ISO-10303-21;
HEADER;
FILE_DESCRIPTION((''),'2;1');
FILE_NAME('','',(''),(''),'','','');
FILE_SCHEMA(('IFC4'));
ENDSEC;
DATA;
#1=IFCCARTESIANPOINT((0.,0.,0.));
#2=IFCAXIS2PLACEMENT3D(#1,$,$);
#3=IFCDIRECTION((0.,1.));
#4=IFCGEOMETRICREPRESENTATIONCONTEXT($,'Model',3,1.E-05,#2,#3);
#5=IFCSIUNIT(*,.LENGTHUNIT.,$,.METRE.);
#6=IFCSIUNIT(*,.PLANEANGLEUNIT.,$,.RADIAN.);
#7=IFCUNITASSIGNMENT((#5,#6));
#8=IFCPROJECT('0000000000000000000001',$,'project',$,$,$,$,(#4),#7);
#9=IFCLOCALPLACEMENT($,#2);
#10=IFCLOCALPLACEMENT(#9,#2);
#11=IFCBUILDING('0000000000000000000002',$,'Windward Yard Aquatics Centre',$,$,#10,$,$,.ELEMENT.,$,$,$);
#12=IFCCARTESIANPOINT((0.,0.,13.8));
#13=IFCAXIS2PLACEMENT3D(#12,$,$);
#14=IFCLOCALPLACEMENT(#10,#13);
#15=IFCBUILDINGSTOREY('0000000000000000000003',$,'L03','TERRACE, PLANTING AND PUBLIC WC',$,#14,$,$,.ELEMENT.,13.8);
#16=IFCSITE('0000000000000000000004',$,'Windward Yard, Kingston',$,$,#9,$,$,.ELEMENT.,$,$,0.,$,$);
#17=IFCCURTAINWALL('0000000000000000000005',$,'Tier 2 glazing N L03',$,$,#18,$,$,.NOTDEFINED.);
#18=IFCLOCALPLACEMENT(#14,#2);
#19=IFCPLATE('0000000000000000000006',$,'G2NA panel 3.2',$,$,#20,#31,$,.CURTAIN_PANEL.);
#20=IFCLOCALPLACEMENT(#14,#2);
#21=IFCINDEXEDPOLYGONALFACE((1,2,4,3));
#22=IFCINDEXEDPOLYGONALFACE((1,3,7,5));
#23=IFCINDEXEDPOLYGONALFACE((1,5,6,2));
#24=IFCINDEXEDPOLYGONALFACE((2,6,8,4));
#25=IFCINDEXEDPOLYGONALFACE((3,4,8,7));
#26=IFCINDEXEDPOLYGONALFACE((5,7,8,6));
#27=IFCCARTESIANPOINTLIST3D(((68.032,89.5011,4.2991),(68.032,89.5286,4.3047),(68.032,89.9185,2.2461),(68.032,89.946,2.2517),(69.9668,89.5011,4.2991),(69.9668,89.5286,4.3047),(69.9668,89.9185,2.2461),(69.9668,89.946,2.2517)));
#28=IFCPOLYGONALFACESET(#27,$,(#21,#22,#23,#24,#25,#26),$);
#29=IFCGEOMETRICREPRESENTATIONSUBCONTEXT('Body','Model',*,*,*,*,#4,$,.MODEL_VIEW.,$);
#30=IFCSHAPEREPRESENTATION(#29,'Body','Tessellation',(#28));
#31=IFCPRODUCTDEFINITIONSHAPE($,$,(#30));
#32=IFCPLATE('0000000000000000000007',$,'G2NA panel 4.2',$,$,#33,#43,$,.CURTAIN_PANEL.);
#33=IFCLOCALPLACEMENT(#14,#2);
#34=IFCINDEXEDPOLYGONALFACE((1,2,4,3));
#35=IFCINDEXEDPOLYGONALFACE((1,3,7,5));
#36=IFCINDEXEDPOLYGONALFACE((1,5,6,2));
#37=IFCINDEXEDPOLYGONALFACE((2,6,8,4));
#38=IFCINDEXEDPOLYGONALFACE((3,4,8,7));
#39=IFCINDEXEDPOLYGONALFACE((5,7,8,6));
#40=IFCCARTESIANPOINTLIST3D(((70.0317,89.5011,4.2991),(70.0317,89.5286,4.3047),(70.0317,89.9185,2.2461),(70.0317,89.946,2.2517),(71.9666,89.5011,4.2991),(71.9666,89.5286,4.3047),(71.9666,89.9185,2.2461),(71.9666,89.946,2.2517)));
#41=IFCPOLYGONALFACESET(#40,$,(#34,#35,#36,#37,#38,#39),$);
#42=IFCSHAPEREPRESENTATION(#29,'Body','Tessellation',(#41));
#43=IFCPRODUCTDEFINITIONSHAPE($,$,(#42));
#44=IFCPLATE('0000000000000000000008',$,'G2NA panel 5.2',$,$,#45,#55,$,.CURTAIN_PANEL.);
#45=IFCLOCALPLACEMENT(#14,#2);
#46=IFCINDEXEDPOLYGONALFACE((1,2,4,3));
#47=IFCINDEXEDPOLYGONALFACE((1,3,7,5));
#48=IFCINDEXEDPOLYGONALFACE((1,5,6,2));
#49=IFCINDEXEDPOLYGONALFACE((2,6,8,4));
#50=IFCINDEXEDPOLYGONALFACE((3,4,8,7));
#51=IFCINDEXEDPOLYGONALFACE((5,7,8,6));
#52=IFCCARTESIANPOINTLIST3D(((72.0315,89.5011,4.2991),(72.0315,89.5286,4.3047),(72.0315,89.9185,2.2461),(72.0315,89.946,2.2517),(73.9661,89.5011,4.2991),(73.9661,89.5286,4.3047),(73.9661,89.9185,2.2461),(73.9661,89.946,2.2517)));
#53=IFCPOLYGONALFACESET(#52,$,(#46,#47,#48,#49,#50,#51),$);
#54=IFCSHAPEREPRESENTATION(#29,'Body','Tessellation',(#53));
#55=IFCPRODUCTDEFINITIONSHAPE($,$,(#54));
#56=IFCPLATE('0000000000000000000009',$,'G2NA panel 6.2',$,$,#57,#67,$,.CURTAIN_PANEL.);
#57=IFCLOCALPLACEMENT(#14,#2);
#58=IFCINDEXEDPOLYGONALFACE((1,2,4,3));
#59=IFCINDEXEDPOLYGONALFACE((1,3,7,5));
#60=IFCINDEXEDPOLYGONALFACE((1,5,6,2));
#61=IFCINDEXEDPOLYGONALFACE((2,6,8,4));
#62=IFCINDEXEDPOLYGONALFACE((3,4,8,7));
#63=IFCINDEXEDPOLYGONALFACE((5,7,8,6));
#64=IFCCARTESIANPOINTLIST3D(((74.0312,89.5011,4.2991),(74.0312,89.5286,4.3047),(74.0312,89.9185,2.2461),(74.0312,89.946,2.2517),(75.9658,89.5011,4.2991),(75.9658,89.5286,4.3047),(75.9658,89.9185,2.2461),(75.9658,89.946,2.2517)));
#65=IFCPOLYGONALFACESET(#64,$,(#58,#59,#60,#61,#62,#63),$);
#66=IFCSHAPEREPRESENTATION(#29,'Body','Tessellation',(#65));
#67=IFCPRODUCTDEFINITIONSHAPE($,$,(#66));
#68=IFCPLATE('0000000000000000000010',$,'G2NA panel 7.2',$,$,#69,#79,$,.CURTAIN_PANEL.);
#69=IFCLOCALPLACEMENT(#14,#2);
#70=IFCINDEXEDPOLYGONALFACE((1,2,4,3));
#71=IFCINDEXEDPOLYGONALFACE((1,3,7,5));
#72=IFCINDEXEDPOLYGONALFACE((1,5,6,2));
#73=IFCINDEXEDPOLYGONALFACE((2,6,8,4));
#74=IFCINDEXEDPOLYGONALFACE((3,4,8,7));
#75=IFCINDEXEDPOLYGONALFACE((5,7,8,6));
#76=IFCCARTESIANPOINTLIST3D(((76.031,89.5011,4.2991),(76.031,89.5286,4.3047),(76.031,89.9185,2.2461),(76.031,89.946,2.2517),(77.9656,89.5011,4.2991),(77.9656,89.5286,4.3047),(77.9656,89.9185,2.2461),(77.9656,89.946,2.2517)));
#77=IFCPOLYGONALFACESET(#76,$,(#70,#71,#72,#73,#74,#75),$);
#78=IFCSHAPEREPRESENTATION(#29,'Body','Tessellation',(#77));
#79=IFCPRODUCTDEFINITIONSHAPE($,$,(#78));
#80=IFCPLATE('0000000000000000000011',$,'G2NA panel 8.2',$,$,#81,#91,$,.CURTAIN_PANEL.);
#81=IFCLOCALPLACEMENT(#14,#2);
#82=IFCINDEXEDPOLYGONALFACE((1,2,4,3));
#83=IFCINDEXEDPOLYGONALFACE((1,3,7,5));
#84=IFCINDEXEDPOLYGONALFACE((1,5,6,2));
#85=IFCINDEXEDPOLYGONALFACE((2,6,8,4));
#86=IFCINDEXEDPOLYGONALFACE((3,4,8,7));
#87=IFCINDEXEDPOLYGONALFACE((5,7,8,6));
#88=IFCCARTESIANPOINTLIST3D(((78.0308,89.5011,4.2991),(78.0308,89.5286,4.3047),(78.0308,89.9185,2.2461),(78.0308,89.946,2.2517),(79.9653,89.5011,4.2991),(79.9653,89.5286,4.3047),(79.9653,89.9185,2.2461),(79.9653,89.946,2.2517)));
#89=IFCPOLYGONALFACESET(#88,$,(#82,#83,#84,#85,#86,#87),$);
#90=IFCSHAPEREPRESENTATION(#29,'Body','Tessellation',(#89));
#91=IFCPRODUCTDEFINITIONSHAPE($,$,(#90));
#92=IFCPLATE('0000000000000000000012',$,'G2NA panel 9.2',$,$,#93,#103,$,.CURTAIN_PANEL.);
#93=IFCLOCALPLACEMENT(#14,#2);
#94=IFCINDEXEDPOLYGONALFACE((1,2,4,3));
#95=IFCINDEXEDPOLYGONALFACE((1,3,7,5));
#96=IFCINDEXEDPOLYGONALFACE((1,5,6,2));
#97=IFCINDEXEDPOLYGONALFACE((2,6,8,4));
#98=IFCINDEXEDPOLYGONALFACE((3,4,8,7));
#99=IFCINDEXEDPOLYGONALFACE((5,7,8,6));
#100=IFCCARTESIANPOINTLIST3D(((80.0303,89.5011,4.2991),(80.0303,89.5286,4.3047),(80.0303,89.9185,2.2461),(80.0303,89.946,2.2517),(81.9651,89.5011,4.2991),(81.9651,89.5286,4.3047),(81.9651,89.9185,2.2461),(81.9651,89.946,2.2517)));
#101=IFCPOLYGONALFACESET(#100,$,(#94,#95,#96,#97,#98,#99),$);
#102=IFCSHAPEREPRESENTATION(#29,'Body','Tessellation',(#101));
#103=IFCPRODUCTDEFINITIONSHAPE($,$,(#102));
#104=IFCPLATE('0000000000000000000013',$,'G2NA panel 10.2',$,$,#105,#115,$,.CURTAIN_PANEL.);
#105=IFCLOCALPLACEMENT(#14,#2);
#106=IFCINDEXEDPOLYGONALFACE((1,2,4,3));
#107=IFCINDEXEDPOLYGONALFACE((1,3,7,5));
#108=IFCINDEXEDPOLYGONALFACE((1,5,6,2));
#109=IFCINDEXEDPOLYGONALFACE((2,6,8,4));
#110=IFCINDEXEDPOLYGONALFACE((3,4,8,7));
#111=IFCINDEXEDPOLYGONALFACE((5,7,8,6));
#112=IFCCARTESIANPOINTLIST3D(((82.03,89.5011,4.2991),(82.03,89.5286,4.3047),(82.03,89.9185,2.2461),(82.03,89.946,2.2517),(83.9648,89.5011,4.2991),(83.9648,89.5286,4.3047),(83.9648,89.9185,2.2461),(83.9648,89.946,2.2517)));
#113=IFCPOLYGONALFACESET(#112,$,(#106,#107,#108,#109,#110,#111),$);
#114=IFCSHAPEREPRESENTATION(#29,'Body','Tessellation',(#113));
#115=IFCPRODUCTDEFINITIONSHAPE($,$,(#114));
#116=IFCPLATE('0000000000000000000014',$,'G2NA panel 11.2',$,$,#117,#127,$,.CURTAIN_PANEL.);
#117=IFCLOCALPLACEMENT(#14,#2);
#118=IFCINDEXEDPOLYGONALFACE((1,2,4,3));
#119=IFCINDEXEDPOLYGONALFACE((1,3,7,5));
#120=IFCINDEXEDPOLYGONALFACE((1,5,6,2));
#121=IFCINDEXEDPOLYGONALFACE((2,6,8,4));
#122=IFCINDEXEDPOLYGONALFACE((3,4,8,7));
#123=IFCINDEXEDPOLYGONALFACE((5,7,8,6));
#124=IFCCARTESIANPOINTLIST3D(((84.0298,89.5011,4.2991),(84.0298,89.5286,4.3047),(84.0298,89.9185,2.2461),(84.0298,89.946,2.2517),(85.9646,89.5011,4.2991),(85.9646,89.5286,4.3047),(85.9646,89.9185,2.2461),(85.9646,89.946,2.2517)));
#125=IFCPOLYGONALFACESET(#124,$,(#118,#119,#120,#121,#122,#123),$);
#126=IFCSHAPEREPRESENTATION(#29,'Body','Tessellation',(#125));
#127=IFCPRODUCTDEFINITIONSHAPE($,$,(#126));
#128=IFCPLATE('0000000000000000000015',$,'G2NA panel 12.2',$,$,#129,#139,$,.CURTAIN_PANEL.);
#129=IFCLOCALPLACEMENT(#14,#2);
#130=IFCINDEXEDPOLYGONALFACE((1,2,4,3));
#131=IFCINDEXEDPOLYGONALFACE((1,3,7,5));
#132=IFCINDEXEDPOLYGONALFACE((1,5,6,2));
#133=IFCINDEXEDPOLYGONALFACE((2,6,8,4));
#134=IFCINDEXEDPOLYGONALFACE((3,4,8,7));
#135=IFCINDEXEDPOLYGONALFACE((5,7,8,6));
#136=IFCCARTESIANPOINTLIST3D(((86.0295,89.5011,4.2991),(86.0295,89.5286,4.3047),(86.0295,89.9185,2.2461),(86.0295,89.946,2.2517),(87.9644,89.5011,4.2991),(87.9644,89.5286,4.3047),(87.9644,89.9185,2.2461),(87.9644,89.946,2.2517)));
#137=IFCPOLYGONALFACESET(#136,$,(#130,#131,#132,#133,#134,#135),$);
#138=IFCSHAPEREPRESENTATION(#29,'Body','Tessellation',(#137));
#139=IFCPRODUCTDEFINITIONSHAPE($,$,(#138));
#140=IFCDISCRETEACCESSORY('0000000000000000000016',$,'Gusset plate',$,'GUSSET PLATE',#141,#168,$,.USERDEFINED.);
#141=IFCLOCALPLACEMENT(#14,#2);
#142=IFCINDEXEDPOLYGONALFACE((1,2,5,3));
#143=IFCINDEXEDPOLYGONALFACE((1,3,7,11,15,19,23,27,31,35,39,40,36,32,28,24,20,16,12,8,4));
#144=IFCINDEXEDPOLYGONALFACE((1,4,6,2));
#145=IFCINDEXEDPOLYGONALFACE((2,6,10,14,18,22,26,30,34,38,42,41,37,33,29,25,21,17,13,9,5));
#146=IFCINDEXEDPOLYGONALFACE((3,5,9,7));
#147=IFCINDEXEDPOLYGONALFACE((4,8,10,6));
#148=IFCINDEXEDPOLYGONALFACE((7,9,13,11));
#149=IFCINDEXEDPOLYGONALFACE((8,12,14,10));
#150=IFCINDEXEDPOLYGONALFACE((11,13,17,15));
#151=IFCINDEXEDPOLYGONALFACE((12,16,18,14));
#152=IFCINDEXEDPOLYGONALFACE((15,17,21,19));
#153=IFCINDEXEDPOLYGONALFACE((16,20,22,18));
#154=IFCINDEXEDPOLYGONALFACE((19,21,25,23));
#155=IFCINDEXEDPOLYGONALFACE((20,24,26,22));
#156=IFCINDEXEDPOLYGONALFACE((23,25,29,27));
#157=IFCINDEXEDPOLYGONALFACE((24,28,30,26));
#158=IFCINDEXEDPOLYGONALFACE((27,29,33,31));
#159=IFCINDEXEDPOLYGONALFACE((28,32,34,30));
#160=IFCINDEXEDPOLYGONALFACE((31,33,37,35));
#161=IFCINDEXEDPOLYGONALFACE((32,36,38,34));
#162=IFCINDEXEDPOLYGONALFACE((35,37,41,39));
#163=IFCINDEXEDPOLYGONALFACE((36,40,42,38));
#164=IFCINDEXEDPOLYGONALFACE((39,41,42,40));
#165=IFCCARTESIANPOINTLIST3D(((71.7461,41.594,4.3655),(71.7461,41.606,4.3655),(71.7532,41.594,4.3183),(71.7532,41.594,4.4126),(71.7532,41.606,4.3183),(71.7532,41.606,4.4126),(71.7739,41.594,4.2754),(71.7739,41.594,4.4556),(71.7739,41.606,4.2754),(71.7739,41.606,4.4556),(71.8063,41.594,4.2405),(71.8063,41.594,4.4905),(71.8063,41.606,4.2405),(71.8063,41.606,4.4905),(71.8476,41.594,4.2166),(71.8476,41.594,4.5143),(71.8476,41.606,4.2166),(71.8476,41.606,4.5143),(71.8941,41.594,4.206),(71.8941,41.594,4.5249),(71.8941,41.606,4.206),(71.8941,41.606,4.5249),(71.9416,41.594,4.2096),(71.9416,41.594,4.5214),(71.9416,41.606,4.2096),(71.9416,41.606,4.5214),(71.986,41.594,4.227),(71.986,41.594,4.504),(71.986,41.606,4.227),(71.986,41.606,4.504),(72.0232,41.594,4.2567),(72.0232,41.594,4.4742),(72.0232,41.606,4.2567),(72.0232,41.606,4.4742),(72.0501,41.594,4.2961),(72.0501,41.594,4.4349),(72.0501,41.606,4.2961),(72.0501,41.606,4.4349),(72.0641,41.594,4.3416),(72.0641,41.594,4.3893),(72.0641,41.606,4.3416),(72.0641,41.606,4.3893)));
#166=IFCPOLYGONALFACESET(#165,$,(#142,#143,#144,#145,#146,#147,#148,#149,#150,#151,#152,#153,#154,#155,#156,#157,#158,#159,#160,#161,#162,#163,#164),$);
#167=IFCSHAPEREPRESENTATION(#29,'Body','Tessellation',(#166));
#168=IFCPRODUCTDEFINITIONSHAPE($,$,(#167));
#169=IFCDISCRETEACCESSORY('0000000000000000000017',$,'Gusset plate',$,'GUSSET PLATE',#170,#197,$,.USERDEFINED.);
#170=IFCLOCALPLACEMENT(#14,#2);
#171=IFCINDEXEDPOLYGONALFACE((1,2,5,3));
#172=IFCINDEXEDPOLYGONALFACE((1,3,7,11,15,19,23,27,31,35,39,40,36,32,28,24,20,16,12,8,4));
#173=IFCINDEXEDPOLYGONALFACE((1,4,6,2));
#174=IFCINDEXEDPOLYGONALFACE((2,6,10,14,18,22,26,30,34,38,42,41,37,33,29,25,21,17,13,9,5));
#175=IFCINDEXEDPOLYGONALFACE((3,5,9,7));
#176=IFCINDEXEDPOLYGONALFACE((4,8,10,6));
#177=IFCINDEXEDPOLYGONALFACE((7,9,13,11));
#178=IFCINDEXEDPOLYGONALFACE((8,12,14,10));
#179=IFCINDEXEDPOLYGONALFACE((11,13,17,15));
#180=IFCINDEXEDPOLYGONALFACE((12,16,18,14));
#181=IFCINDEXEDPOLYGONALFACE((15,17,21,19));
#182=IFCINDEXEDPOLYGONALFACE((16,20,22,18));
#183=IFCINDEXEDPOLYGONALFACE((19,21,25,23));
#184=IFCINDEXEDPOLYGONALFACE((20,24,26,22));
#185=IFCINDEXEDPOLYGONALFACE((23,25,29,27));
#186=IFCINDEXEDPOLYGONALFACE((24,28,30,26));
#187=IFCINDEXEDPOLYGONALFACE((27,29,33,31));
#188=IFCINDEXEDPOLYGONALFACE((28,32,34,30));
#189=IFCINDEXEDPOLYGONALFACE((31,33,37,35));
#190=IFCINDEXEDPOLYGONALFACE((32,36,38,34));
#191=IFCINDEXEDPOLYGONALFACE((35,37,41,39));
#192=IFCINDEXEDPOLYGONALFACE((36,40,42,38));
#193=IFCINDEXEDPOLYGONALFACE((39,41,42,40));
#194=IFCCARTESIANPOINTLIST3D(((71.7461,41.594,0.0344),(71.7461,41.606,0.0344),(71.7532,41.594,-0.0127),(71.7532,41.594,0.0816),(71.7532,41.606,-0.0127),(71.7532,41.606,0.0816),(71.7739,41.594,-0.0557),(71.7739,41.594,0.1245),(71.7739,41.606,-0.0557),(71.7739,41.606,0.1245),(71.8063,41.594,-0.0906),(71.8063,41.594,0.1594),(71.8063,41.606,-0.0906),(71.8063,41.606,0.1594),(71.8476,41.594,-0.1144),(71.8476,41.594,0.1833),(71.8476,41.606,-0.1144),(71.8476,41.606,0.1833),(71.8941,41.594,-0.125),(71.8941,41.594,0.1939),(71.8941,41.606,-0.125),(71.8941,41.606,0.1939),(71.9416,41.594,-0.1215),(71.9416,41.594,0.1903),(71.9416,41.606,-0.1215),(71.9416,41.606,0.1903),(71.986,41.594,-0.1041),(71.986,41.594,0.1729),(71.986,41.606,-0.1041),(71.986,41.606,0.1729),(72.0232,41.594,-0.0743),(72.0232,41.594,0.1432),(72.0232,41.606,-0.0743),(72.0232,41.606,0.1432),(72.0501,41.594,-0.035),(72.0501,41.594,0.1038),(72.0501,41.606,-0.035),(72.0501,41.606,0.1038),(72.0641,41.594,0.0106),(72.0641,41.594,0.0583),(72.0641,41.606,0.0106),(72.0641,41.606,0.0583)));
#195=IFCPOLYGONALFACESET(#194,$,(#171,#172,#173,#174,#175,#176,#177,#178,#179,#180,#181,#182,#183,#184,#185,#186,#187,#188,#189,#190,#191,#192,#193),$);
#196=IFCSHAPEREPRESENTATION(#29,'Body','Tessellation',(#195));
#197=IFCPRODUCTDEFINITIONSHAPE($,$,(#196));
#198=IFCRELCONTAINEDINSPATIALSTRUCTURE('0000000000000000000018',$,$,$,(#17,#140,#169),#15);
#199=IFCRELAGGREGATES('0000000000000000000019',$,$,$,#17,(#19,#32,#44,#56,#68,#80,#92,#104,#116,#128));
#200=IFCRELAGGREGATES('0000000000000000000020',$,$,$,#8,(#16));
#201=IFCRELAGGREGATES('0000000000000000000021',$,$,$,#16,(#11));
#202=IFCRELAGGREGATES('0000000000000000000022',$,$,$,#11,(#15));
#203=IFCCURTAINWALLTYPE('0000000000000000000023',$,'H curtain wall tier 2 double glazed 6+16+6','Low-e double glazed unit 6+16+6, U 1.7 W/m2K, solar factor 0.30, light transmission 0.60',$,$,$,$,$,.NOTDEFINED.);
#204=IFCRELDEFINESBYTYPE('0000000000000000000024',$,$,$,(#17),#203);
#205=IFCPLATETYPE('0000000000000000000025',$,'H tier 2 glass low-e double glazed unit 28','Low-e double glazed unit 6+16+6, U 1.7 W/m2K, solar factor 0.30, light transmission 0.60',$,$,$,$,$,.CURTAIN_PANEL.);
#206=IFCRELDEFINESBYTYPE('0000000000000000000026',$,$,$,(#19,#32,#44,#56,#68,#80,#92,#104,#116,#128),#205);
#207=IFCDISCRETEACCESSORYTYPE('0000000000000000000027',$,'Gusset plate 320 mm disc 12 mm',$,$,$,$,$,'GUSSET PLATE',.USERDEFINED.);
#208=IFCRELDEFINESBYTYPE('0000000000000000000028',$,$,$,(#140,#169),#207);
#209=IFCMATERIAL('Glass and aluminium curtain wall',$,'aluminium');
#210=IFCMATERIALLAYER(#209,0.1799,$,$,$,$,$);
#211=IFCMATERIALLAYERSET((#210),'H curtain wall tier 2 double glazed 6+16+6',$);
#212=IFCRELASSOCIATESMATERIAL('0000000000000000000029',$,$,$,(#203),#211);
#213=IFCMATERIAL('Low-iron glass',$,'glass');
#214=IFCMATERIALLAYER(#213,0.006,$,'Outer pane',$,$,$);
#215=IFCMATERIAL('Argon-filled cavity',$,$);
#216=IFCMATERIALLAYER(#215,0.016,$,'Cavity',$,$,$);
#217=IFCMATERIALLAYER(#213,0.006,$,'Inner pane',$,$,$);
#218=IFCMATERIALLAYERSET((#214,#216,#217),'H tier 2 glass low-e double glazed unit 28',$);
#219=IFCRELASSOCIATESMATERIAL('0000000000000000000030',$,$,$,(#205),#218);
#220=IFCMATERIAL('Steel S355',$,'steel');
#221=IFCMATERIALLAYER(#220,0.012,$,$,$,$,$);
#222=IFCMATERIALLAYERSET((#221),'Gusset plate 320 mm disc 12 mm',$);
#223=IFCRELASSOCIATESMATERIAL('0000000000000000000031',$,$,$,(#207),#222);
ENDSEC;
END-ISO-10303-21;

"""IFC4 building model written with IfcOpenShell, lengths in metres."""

from ifc_helpers import new_model, si_unit, direction, frame, origin, origin_2d, place, context, subcontext, project, spatial, polyline, circle, outline, extrude, material, layer, layer_set, type_object, element, aggregate, save


model = new_model("IFC4")

# Units and contexts
model_context = context("Model", 3, precision=1e-05, world=origin(), true_north=direction((0.0, 1.0)))
body_context = subcontext(model_context, "Body", "Model", "MODEL_VIEW")
ifc_project = project(units=[si_unit("LENGTHUNIT", "METRE"), si_unit("PLANEANGLEUNIT", "RADIAN")], contexts=[model_context])

# Site, building, storey
site_placement = place(None, origin())
site = spatial("IfcSite", under=ifc_project, at=site_placement, Name="Windward Yard, Kingston", CompositionType="ELEMENT", RefElevation=0.0)
building_placement = place(site_placement, origin())
building = spatial("IfcBuilding", under=site, at=building_placement, Name="Windward Yard Aquatics Centre", CompositionType="ELEMENT")
storey_placement = place(building_placement, frame((0.0, 0.0, 13.8)))
storey = spatial("IfcBuildingStorey", under=building, at=storey_placement, Name="L03", Description="TERRACE, PLANTING AND PUBLIC WC", CompositionType="ELEMENT", Elevation=13.8)

# Curtain wall, plates
ifc_material_1 = material(Name="Glass and aluminium curtain wall", Category="aluminium")
ifc_layer_1 = layer(ifc_material_1, 0.1799)
ifc_layer_set_1 = layer_set([ifc_layer_1], Name="H curtain wall tier 2 double glazed 6+16+6")
curtain_wall_type = type_object("IfcCurtainWallType", Name="H curtain wall tier 2 double glazed 6+16+6", Description="Low-e double glazed unit 6+16+6, U 1.7 W/m2K, solar factor 0.30, light transmission 0.60", PredefinedType="NOTDEFINED", material=ifc_layer_set_1)
curtain_wall_placement = place(storey_placement, origin())
curtain_wall = element("IfcCurtainWall", 1, at=curtain_wall_placement, inside=storey, type_object=curtain_wall_type, Name="Tier 2 glazing N L03", PredefinedType="NOTDEFINED")
ifc_material_2 = material(Name="Low-iron glass", Category="glass")
ifc_layer_2 = layer(ifc_material_2, 0.006, Name="Outer pane")
ifc_material_3 = material(Name="Argon-filled cavity")
ifc_layer_3 = layer(ifc_material_3, 0.016, Name="Cavity")
ifc_layer_4 = layer(ifc_material_2, 0.006, Name="Inner pane")
ifc_layer_set_2 = layer_set([ifc_layer_2, ifc_layer_3, ifc_layer_4], Name="H tier 2 glass low-e double glazed unit 28")
plate_type = type_object("IfcPlateType", Name="H tier 2 glass low-e double glazed unit 28", Description="Low-e double glazed unit 6+16+6, U 1.7 W/m2K, solar factor 0.30, light transmission 0.60", PredefinedType="CURTAIN_PANEL", material=ifc_layer_set_2)
plate_1_placement = place(storey_placement, frame((68.032, 89.5286, 4.3047), z_axis=(0.0, 0.979944, 0.199275), x_axis=(0.0, 0.199275, -0.979944)))
plate_1 = element("IfcPlate", 2, at=plate_1_placement, type_object=plate_type, Name="G2NA panel 3.2", PredefinedType="CURTAIN_PANEL", context=body_context, shape_type="SweptSolid", body=[
    extrude(outline(polyline([(0.0, 0.0), (2.095, 0.0), (2.095, -1.9348), (0.0, -1.9348), (0.0, 0.0)])), origin(), (0.0, 0.0, -1.0), 0.0281),
])
plate_2_placement = place(storey_placement, frame((70.0317, 89.5286, 4.3047), z_axis=(0.0, 0.979944, 0.199275), x_axis=(0.0, 0.199275, -0.979944)))
plate_2 = element("IfcPlate", 3, at=plate_2_placement, type_object=plate_type, Name="G2NA panel 4.2", PredefinedType="CURTAIN_PANEL", context=body_context, shape_type="SweptSolid", body=[
    extrude(outline(polyline([(0.0, 0.0), (2.095, 0.0), (2.095, -1.9348), (0.0, -1.9348), (0.0, 0.0)])), origin(), (0.0, 0.0, -1.0), 0.0281),
])
plate_3_placement = place(storey_placement, frame((72.0315, 89.5286, 4.3047), z_axis=(0.0, 0.979944, 0.199275), x_axis=(0.0, 0.199275, -0.979944)))
plate_3 = element("IfcPlate", 4, at=plate_3_placement, type_object=plate_type, Name="G2NA panel 5.2", PredefinedType="CURTAIN_PANEL", context=body_context, shape_type="SweptSolid", body=[
    extrude(outline(polyline([(0.0, 0.0), (2.095, 0.0), (2.095, -1.9346), (0.0, -1.9346), (0.0, 0.0)])), origin(), (0.0, 0.0, -1.0), 0.0281),
])
plate_4_placement = place(storey_placement, frame((74.0312, 89.5286, 4.3047), z_axis=(0.0, 0.979944, 0.199275), x_axis=(0.0, 0.199275, -0.979944)))
plate_4 = element("IfcPlate", 5, at=plate_4_placement, type_object=plate_type, Name="G2NA panel 6.2", PredefinedType="CURTAIN_PANEL", context=body_context, shape_type="SweptSolid", body=[
    extrude(outline(polyline([(0.0, 0.0), (2.095, 0.0), (2.095, -1.9346), (0.0, -1.9346), (0.0, 0.0)])), origin(), (0.0, 0.0, -1.0), 0.0281),
])
plate_5_placement = place(storey_placement, frame((76.031, 89.5286, 4.3047), z_axis=(0.0, 0.979944, 0.199275), x_axis=(0.0, 0.199275, -0.979944)))
plate_5 = element("IfcPlate", 6, at=plate_5_placement, type_object=plate_type, Name="G2NA panel 7.2", PredefinedType="CURTAIN_PANEL", context=body_context, shape_type="SweptSolid", body=[
    extrude(outline(polyline([(0.0, 0.0), (2.095, 0.0), (2.095, -1.9346), (0.0, -1.9346), (0.0, 0.0)])), origin(), (0.0, 0.0, -1.0), 0.0281),
])
plate_6_placement = place(storey_placement, frame((78.0308, 89.5286, 4.3047), z_axis=(0.0, 0.979944, 0.199275), x_axis=(0.0, 0.199275, -0.979944)))
plate_6 = element("IfcPlate", 7, at=plate_6_placement, type_object=plate_type, Name="G2NA panel 8.2", PredefinedType="CURTAIN_PANEL", context=body_context, shape_type="SweptSolid", body=[
    extrude(outline(polyline([(0.0, 0.0), (2.095, 0.0), (2.095, -1.9346), (0.0, -1.9346), (0.0, 0.0)])), origin(), (0.0, 0.0, -1.0), 0.0281),
])
plate_7_placement = place(storey_placement, frame((80.0303, 89.5286, 4.3047), z_axis=(0.0, 0.979944, 0.199275), x_axis=(0.0, 0.199275, -0.979944)))
plate_7 = element("IfcPlate", 8, at=plate_7_placement, type_object=plate_type, Name="G2NA panel 9.2", PredefinedType="CURTAIN_PANEL", context=body_context, shape_type="SweptSolid", body=[
    extrude(outline(polyline([(0.0, 0.0), (2.095, 0.0), (2.095, -1.9348), (0.0, -1.9348), (0.0, 0.0)])), origin(), (0.0, 0.0, -1.0), 0.0281),
])
plate_8_placement = place(storey_placement, frame((82.03, 89.5286, 4.3047), z_axis=(0.0, 0.979944, 0.199275), x_axis=(0.0, 0.199275, -0.979944)))
plate_8 = element("IfcPlate", 9, at=plate_8_placement, type_object=plate_type, Name="G2NA panel 10.2", PredefinedType="CURTAIN_PANEL", context=body_context, shape_type="SweptSolid", body=[
    extrude(outline(polyline([(0.0, 0.0), (2.095, 0.0), (2.095, -1.9348), (0.0, -1.9348), (0.0, 0.0)])), origin(), (0.0, 0.0, -1.0), 0.0281),
])
plate_9_placement = place(storey_placement, frame((84.0298, 89.5286, 4.3047), z_axis=(0.0, 0.979944, 0.199275), x_axis=(0.0, 0.199275, -0.979944)))
plate_9 = element("IfcPlate", 10, at=plate_9_placement, type_object=plate_type, Name="G2NA panel 11.2", PredefinedType="CURTAIN_PANEL", context=body_context, shape_type="SweptSolid", body=[
    extrude(outline(polyline([(0.0, 0.0), (2.095, 0.0), (2.095, -1.9348), (0.0, -1.9348), (0.0, 0.0)])), origin(), (0.0, 0.0, -1.0), 0.0281),
])
plate_10_placement = place(storey_placement, frame((86.0295, 89.5286, 4.3047), z_axis=(0.0, 0.979944, 0.199275), x_axis=(0.0, 0.199275, -0.979944)))
plate_10 = element("IfcPlate", 11, at=plate_10_placement, type_object=plate_type, Name="G2NA panel 12.2", PredefinedType="CURTAIN_PANEL", context=body_context, shape_type="SweptSolid", body=[
    extrude(outline(polyline([(0.0, 0.0), (2.095, 0.0), (2.095, -1.9348), (0.0, -1.9348), (0.0, 0.0)])), origin(), (0.0, 0.0, -1.0), 0.0281),
])
aggregate(curtain_wall, [plate_1, plate_2, plate_3, plate_4, plate_5, plate_6, plate_7, plate_8, plate_9, plate_10])

# Discrete accessories
ifc_material_4 = material(Name="Steel S355", Category="steel")
ifc_layer_5 = layer(ifc_material_4, 0.012)
ifc_layer_set_3 = layer_set([ifc_layer_5], Name="Gusset plate 320 mm disc 12 mm")
discrete_accessory_type = type_object("IfcDiscreteAccessoryType", Name="Gusset plate 320 mm disc 12 mm", ElementType="GUSSET PLATE", PredefinedType="USERDEFINED", material=ifc_layer_set_3)
for number, where, z_axis, x_axis, name in (
    (12, (71.906, 41.594, 4.3655), (0.0, 1.0, 0.0), (-1.0, 0.0, 0.0), "Gusset plate"),
    (13, (71.906, 41.594, 0.0344), (0.0, 1.0, 0.0), (-1.0, 0.0, 0.0), "Gusset plate"),
):
    element("IfcDiscreteAccessory", number, at=place(storey_placement, frame(where, z_axis=z_axis, x_axis=x_axis)), inside=storey, type_object=discrete_accessory_type, Name=name, ObjectType="GUSSET PLATE", PredefinedType="USERDEFINED", context=body_context, shape_type="SweptSolid", body=[
        extrude(circle(Radius=0.1599, at=origin_2d()), origin(), (0.0, 0.0, 1.0), 0.012),
    ])

save(model, "model.ifc")
